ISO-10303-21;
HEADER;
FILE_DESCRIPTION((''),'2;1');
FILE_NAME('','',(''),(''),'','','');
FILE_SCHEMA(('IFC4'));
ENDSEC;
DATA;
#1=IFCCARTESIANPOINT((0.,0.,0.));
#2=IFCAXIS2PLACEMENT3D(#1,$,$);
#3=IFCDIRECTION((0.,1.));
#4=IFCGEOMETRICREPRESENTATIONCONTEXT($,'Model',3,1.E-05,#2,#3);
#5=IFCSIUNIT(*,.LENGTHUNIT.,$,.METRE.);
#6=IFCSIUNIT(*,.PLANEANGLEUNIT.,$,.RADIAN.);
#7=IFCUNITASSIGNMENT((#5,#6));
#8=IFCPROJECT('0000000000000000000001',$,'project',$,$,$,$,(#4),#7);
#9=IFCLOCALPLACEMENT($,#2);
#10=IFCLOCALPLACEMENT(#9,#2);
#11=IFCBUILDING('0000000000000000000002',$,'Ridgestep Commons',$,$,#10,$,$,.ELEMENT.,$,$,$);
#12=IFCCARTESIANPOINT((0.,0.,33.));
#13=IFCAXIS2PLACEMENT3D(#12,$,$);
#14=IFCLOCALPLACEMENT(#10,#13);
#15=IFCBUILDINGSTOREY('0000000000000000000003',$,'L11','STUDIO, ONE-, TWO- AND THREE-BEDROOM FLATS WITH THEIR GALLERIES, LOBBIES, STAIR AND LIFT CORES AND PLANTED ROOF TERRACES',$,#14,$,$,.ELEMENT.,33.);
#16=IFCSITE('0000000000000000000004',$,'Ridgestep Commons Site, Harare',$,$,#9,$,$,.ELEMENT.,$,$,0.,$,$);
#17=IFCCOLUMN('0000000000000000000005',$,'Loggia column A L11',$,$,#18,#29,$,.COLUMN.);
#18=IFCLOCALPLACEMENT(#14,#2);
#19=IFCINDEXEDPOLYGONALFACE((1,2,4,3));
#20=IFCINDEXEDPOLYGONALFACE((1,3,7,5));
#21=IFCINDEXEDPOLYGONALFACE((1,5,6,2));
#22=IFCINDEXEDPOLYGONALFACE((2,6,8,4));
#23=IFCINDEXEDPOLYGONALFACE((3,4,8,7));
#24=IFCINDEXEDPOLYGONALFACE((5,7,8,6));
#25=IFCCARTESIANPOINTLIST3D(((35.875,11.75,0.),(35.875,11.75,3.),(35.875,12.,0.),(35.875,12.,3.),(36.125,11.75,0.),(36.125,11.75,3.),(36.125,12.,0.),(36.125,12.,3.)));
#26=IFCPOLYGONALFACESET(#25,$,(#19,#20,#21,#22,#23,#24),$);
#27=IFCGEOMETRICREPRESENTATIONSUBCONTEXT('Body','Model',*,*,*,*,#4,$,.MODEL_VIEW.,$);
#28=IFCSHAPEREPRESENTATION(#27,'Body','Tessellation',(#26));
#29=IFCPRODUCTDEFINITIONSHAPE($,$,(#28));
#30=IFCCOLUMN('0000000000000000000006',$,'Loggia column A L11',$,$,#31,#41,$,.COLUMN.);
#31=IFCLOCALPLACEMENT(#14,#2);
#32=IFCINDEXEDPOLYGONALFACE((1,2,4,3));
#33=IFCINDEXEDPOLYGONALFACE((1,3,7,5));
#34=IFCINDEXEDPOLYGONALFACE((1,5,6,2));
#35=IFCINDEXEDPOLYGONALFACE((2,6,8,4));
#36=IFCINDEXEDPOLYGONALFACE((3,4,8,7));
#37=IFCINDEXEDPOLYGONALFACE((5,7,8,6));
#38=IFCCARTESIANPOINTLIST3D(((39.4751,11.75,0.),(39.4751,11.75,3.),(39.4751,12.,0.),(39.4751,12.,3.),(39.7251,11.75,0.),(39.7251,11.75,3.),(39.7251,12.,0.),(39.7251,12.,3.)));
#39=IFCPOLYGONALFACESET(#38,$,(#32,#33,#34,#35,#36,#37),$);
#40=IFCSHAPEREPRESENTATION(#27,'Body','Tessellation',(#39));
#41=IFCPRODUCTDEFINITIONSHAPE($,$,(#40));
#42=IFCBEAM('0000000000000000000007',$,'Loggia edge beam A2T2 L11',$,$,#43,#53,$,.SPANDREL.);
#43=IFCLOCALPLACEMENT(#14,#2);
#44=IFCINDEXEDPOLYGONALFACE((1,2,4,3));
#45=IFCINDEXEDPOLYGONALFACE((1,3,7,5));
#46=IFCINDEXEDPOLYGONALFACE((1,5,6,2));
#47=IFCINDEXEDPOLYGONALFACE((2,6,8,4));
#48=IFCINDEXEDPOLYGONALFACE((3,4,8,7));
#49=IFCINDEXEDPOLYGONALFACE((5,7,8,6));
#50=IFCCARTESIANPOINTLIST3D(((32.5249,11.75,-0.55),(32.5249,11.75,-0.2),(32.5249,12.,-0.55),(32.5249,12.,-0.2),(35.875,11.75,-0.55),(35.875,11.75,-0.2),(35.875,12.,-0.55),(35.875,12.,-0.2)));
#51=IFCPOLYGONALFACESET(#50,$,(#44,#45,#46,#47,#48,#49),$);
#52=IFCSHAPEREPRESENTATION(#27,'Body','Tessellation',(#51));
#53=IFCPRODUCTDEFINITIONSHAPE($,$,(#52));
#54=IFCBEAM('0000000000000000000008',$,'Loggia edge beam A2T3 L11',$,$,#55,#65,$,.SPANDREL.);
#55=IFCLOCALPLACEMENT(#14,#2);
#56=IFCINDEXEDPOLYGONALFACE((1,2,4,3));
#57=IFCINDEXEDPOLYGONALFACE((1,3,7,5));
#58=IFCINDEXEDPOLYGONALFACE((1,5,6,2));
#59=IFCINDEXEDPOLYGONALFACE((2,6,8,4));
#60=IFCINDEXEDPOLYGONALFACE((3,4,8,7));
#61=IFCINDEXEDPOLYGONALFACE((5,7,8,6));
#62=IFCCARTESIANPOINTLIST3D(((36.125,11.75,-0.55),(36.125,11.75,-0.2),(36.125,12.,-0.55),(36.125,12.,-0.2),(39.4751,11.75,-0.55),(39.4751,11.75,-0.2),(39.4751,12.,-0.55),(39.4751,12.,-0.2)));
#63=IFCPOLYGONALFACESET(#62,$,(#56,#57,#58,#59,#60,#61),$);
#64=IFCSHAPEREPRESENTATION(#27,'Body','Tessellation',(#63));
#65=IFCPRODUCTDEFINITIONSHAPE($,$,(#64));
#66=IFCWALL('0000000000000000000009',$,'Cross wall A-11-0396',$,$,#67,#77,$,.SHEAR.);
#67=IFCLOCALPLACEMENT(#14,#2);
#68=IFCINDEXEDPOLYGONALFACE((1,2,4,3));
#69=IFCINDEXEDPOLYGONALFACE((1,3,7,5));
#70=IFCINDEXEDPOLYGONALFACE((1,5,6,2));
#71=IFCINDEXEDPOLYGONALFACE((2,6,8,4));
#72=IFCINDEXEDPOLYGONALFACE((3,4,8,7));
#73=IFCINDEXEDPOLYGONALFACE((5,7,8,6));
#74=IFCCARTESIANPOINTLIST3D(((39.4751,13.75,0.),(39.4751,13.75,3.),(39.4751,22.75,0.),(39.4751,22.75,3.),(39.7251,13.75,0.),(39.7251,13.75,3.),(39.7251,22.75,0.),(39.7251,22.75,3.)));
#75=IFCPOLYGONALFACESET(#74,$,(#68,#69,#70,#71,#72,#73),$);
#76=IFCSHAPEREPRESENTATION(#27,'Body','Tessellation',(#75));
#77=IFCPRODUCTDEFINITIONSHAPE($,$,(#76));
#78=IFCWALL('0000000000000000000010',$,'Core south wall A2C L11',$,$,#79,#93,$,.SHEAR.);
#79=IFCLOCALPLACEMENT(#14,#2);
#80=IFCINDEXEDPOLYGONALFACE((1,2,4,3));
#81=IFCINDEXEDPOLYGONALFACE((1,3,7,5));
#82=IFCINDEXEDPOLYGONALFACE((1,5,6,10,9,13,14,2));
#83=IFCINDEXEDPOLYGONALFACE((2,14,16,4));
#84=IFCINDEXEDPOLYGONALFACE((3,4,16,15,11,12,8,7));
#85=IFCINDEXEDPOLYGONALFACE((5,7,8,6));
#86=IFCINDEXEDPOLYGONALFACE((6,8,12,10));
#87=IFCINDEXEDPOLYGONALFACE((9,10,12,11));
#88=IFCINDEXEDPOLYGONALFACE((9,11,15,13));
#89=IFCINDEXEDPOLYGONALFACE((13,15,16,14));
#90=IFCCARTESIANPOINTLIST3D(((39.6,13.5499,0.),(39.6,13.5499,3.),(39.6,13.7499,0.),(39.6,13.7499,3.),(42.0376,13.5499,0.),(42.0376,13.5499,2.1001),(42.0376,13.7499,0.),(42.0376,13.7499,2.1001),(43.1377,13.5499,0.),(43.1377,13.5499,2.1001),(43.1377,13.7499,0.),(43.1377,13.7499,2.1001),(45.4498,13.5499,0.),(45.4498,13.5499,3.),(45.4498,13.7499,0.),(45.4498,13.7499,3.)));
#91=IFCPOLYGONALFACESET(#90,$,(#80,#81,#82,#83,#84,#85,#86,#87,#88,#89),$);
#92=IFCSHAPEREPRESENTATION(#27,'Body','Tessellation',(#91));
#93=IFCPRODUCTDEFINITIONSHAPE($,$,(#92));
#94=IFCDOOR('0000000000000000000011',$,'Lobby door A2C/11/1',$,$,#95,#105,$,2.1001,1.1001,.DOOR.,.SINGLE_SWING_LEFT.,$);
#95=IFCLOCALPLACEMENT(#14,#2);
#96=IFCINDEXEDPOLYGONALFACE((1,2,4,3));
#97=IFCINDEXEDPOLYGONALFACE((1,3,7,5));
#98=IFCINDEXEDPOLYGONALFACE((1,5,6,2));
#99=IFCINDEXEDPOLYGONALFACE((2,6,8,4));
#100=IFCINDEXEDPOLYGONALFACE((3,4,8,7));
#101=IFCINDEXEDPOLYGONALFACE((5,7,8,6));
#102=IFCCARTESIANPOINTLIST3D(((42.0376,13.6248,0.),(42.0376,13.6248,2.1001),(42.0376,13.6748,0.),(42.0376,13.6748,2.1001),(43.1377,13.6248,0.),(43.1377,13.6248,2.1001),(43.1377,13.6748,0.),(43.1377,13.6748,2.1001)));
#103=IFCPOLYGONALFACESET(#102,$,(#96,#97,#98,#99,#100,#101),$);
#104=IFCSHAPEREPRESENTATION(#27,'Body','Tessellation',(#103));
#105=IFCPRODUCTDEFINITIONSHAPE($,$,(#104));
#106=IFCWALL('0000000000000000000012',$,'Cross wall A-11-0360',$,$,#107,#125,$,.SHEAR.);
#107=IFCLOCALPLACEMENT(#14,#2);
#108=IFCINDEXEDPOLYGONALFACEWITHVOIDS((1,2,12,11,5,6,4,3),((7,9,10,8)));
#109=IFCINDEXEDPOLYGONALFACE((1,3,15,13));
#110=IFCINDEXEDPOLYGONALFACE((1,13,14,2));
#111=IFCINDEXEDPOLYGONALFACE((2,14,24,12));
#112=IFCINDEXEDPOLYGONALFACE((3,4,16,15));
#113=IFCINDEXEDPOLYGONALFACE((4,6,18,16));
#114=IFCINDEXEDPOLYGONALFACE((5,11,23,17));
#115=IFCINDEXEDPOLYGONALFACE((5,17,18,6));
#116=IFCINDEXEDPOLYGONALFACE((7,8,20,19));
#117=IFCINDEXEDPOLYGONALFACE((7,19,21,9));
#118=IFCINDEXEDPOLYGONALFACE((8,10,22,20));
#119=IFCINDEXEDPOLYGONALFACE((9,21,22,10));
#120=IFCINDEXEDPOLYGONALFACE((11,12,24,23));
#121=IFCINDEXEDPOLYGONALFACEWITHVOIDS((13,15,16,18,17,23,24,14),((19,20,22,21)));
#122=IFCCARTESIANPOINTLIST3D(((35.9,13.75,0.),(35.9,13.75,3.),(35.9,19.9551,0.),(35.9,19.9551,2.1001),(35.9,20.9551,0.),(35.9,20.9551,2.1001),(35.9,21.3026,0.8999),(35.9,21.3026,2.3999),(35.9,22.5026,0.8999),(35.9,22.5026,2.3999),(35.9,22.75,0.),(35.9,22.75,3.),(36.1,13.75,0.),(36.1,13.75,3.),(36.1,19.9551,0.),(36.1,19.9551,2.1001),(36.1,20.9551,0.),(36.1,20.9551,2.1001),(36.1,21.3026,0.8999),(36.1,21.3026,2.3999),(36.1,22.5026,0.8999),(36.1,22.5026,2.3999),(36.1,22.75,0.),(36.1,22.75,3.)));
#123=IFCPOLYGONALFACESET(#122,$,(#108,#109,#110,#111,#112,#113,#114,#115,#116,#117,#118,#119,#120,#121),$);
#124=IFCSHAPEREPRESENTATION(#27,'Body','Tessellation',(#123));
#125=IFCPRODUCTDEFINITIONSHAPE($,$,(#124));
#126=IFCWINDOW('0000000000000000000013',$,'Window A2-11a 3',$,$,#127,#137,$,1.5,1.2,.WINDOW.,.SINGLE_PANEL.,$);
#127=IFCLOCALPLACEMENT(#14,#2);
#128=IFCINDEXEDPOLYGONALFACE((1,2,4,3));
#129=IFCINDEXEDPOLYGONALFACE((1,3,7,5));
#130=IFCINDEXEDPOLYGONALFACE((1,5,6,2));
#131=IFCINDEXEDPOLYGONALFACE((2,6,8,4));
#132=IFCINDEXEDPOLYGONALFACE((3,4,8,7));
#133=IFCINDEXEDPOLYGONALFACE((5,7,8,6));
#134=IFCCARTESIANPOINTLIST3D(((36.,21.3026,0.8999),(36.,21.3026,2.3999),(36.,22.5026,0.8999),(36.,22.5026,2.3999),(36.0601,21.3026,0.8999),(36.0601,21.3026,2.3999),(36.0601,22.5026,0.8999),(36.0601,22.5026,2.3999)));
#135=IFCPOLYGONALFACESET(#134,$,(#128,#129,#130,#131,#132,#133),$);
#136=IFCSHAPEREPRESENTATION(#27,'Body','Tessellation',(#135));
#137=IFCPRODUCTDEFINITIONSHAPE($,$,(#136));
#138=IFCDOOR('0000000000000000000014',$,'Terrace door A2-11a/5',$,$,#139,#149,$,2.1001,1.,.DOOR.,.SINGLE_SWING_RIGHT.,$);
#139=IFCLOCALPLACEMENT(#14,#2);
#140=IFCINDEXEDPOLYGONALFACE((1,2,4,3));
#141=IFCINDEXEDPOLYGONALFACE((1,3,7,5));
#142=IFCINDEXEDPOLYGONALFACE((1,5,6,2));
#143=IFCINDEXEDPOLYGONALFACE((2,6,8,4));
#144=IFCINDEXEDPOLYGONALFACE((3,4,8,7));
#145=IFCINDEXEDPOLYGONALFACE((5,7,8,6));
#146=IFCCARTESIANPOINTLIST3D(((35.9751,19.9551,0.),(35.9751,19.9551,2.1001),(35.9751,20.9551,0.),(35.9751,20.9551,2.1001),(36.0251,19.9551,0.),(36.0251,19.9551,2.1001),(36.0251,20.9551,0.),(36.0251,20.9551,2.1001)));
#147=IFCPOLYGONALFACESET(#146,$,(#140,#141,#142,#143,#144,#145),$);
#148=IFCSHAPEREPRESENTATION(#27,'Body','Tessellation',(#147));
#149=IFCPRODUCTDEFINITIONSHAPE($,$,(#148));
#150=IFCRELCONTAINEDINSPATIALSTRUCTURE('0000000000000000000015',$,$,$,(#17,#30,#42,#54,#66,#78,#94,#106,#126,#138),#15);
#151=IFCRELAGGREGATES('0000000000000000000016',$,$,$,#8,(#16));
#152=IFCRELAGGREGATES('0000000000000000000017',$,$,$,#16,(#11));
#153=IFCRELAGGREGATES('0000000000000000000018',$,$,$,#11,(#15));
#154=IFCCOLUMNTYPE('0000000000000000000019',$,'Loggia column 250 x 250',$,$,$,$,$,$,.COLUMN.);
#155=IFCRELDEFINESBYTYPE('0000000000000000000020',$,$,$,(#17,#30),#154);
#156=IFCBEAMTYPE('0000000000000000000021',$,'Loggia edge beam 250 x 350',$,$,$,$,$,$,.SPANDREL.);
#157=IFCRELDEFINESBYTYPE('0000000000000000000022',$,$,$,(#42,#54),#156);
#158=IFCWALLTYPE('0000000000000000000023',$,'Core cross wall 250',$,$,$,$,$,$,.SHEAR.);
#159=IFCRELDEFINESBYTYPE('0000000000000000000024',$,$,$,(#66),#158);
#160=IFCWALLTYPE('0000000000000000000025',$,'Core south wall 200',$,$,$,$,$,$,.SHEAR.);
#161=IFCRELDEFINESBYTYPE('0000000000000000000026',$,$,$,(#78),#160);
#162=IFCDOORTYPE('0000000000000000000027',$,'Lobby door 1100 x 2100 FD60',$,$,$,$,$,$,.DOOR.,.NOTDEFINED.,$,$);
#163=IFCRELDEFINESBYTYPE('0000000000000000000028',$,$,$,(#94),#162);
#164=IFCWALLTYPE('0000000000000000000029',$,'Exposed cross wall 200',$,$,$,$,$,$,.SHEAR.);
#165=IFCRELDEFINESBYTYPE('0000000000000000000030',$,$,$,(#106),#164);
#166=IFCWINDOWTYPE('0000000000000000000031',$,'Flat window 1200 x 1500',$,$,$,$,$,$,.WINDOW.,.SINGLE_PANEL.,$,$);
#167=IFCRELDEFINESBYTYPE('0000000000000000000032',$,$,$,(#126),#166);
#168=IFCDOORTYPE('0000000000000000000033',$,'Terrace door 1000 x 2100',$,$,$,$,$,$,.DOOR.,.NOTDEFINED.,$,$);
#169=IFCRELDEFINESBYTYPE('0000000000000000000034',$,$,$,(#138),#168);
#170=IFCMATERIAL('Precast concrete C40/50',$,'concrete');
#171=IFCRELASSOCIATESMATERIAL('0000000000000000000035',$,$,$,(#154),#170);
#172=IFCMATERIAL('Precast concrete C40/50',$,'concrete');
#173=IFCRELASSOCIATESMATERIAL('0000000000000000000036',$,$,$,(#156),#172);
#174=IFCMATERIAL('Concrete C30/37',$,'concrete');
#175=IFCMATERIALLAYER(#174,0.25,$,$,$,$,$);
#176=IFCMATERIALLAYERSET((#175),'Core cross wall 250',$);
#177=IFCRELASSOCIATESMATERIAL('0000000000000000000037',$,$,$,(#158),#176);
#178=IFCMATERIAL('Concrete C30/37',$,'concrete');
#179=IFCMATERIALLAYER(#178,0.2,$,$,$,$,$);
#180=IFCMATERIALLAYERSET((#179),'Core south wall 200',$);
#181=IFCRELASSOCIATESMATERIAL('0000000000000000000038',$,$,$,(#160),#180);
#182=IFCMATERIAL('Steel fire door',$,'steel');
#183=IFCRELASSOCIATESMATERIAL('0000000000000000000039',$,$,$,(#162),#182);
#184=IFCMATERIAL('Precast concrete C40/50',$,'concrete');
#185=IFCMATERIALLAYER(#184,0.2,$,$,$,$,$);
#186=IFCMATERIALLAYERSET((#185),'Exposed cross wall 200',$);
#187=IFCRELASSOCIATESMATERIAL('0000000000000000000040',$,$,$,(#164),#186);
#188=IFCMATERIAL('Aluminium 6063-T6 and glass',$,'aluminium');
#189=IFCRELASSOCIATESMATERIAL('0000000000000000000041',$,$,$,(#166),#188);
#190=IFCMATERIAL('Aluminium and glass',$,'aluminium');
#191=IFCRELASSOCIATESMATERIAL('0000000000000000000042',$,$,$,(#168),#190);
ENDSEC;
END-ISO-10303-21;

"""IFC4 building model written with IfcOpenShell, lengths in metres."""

from ifc_helpers import new_model, si_unit, direction, frame, frame_2d, origin, origin_2d, place, context, subcontext, project, spatial, rectangle, extrude, material, layer, layer_set, material_profile, profile_set, type_object, element, fill, save


model = new_model("IFC4")

# Units and contexts
model_context = context("Model", 3, precision=1e-05, world=origin(), true_north=direction((0.0, 1.0)))
body_context = subcontext(model_context, "Body", "Model", "MODEL_VIEW")
ifc_project = project(units=[si_unit("LENGTHUNIT", "METRE"), si_unit("PLANEANGLEUNIT", "RADIAN")], contexts=[model_context])

# Site, building, storey
site_placement = place(None, origin())
site = spatial("IfcSite", under=ifc_project, at=site_placement, Name="Ridgestep Commons Site, Harare", CompositionType="ELEMENT", RefElevation=0.0)
building_placement = place(site_placement, origin())
building = spatial("IfcBuilding", under=site, at=building_placement, Name="Ridgestep Commons", CompositionType="ELEMENT")
storey_placement = place(building_placement, frame((0.0, 0.0, 33.0)))
storey = spatial("IfcBuildingStorey", under=building, at=storey_placement, Name="L11", Description="STUDIO, ONE-, TWO- AND THREE-BEDROOM FLATS WITH THEIR GALLERIES, LOBBIES, STAIR AND LIFT CORES AND PLANTED ROOF TERRACES", CompositionType="ELEMENT", Elevation=33.0)

# Columns
ifc_material_1 = material(Name="Precast concrete C40/50", Category="concrete")
ifc_material_profile_1 = material_profile(ifc_material_1, rectangle(XDim=0.25, YDim=0.25, at=origin_2d()), Name="PC 250x250")
ifc_profile_set_1 = profile_set([ifc_material_profile_1], Name="Precast concrete C40/50")
column_type = type_object("IfcColumnType", Name="Loggia column 250 x 250", PredefinedType="COLUMN", material=ifc_profile_set_1)
for number, where, z_axis, x_axis, name in (
    (1, (36.0, 11.875, 0.0), (0.0, 0.0, 1.0), (1.0, 0.0, 0.0), "Loggia column A L11"),
    (2, (39.6001, 11.875, 0.0), (0.0, 0.0, 1.0), (1.0, 0.0, 0.0), "Loggia column A L11"),
):
    element("IfcColumn", number, at=place(storey_placement, frame(where, z_axis=z_axis, x_axis=x_axis)), inside=storey, type_object=column_type, Name=name, PredefinedType="COLUMN", context=body_context, shape_type="SweptSolid", body=[
        extrude(rectangle(XDim=0.25, YDim=0.25, at=origin_2d()), origin(), (0.0, 0.0, 1.0), 3.0),
    ])

# Beams
ifc_material_2 = material(Name="Precast concrete C40/50", Category="concrete")
ifc_material_profile_2 = material_profile(ifc_material_2, rectangle(XDim=0.25, YDim=0.3501, at=origin_2d()), Name="PC 250x350")
ifc_profile_set_2 = profile_set([ifc_material_profile_2], Name="Precast concrete C40/50")
beam_type = type_object("IfcBeamType", Name="Loggia edge beam 250 x 350", PredefinedType="SPANDREL", material=ifc_profile_set_2)
for number, where, z_axis, x_axis, name in (
    (3, (32.5249, 11.875, -0.375), (1.0, 0.0, 0.0), (0.0, 1.0, 0.0), "Loggia edge beam A2T2 L11"),
    (4, (36.125, 11.875, -0.375), (1.0, 0.0, 0.0), (0.0, 1.0, 0.0), "Loggia edge beam A2T3 L11"),
):
    element("IfcBeam", number, at=place(storey_placement, frame(where, z_axis=z_axis, x_axis=x_axis)), inside=storey, type_object=beam_type, Name=name, PredefinedType="SPANDREL", context=body_context, shape_type="SweptSolid", body=[
        extrude(rectangle(XDim=0.25, YDim=0.3501, at=origin_2d()), origin(), (0.0, 0.0, 1.0), 3.3501),
    ])

# Wall
ifc_material_3 = material(Name="Concrete C30/37", Category="concrete")
ifc_layer_1 = layer(ifc_material_3, 0.25)
ifc_layer_set_1 = layer_set([ifc_layer_1], Name="Core cross wall 250")
wall_type_1 = type_object("IfcWallType", Name="Core cross wall 250", PredefinedType="SHEAR", material=ifc_layer_set_1)
wall_1_placement = place(storey_placement, frame((39.6001, 13.75, 0.0), z_axis=(0.0, 0.0, 1.0), x_axis=(0.0, 1.0, 0.0)))
element("IfcWall", 5, at=wall_1_placement, inside=storey, type_object=wall_type_1, Name="Cross wall A-11-0396", PredefinedType="SHEAR", context=body_context, shape_type="SweptSolid", body=[
    extrude(rectangle(XDim=9.0, YDim=0.25, at=frame_2d((4.5, 0.0))), origin(), (0.0, 0.0, 1.0), 3.0),
])

# Wall, opening, door
ifc_material_4 = material(Name="Concrete C30/37", Category="concrete")
ifc_layer_2 = layer(ifc_material_4, 0.2)
ifc_layer_set_2 = layer_set([ifc_layer_2], Name="Core south wall 200")
wall_type_2 = type_object("IfcWallType", Name="Core south wall 200", PredefinedType="SHEAR", material=ifc_layer_set_2)
wall_2_placement = place(storey_placement, frame((39.6001, 13.6499, 0.0), z_axis=(0.0, 0.0, 1.0), x_axis=(1.0, 0.0, 0.0)))
wall_2 = element("IfcWall", 6, at=wall_2_placement, inside=storey, type_object=wall_type_2, Name="Core south wall A2C L11", PredefinedType="SHEAR", context=body_context, shape_type="SweptSolid", body=[
    extrude(rectangle(XDim=5.8499, YDim=0.2, at=frame_2d((2.9248, 0.0))), origin(), (0.0, 0.0, 1.0), 3.0),
])
opening_1_placement = place(wall_2_placement, frame((2.4375, 0.0, 0.0)))
opening_1 = element("IfcOpeningElement", 7, at=opening_1_placement, cuts=wall_2, PredefinedType="OPENING", context=body_context, shape_type="SweptSolid", body=[
    extrude(rectangle(XDim=1.1001, YDim=2.1001, at=frame_2d((0.55, 1.05))), frame((0.0, 0.1099, 0.0), z_axis=(0.0, -1.0, 0.0), x_axis=(1.0, 0.0, 0.0)), (0.0, 0.0, 1.0), 0.22),
])
ifc_material_5 = material(Name="Steel fire door", Category="steel")
door_type_1 = type_object("IfcDoorType", Name="Lobby door 1100 x 2100 FD60", OperationType="NOTDEFINED", PredefinedType="DOOR", material=ifc_material_5)
door_1_placement = place(opening_1_placement, origin())
door_1 = element("IfcDoor", 8, at=door_1_placement, inside=storey, type_object=door_type_1, Name="Lobby door A2C/11/1", OperationType="SINGLE_SWING_LEFT", OverallHeight=2.1001, OverallWidth=1.1001, PredefinedType="DOOR", context=body_context, shape_type="SweptSolid", body=[
    extrude(rectangle(XDim=1.1001, YDim=2.1001, at=frame_2d((0.55, 1.05))), frame((0.0, 0.0249, 0.0), z_axis=(0.0, -1.0, 0.0), x_axis=(1.0, 0.0, 0.0)), (0.0, 0.0, 1.0), 0.05),
])
fill(opening_1, door_1)

# Wall, openings, window, door
ifc_material_6 = material(Name="Precast concrete C40/50", Category="concrete")
ifc_layer_3 = layer(ifc_material_6, 0.2)
ifc_layer_set_3 = layer_set([ifc_layer_3], Name="Exposed cross wall 200")
wall_type_3 = type_object("IfcWallType", Name="Exposed cross wall 200", PredefinedType="SHEAR", material=ifc_layer_set_3)
wall_3_placement = place(storey_placement, frame((36.0, 13.75, 0.0), z_axis=(0.0, 0.0, 1.0), x_axis=(0.0, 1.0, 0.0)))
wall_3 = element("IfcWall", 9, at=wall_3_placement, inside=storey, type_object=wall_type_3, Name="Cross wall A-11-0360", PredefinedType="SHEAR", context=body_context, shape_type="SweptSolid", body=[
    extrude(rectangle(XDim=9.0, YDim=0.2, at=frame_2d((4.5, 0.0))), origin(), (0.0, 0.0, 1.0), 3.0),
])
opening_2_placement = place(wall_3_placement, frame((7.5525, 0.0, 0.8999)))
opening_2 = element("IfcOpeningElement", 10, at=opening_2_placement, cuts=wall_3, PredefinedType="OPENING", context=body_context, shape_type="SweptSolid", body=[
    extrude(rectangle(XDim=1.2, YDim=1.5, at=frame_2d((0.6001, 0.75))), frame((0.0, 0.1099, 0.0), z_axis=(0.0, -1.0, 0.0), x_axis=(1.0, 0.0, 0.0)), (0.0, 0.0, 1.0), 0.22),
])
opening_3_placement = place(wall_3_placement, frame((6.2051, 0.0, 0.0)))
opening_3 = element("IfcOpeningElement", 11, at=opening_3_placement, cuts=wall_3, PredefinedType="OPENING", context=body_context, shape_type="SweptSolid", body=[
    extrude(rectangle(XDim=1.0, YDim=2.1001, at=frame_2d((0.5, 1.05))), frame((0.0, 0.1099, 0.0), z_axis=(0.0, -1.0, 0.0), x_axis=(1.0, 0.0, 0.0)), (0.0, 0.0, 1.0), 0.22),
])
ifc_material_7 = material(Name="Aluminium 6063-T6 and glass", Category="aluminium")
window_type_1 = type_object("IfcWindowType", Name="Flat window 1200 x 1500", PartitioningType="SINGLE_PANEL", PredefinedType="WINDOW", material=ifc_material_7)
window_1_placement = place(opening_2_placement, origin())
window_1 = element("IfcWindow", 12, at=window_1_placement, inside=storey, type_object=window_type_1, Name="Window A2-11a 3", OverallHeight=1.5, OverallWidth=1.2, PartitioningType="SINGLE_PANEL", PredefinedType="WINDOW", context=body_context, shape_type="SweptSolid", body=[
    extrude(rectangle(XDim=1.2, YDim=1.5, at=frame_2d((0.6001, 0.75))), frame((0.0, 0.0, 0.0), z_axis=(0.0, -1.0, 0.0), x_axis=(1.0, 0.0, 0.0)), (0.0, 0.0, 1.0), 0.0601),
])
fill(opening_2, window_1)
ifc_material_8 = material(Name="Aluminium and glass", Category="aluminium")
door_type_2 = type_object("IfcDoorType", Name="Terrace door 1000 x 2100", OperationType="NOTDEFINED", PredefinedType="DOOR", material=ifc_material_8)
door_2_placement = place(opening_3_placement, origin())
door_2 = element("IfcDoor", 13, at=door_2_placement, inside=storey, type_object=door_type_2, Name="Terrace door A2-11a/5", OperationType="SINGLE_SWING_RIGHT", OverallHeight=2.1001, OverallWidth=1.0, PredefinedType="DOOR", context=body_context, shape_type="SweptSolid", body=[
    extrude(rectangle(XDim=1.0, YDim=2.1001, at=frame_2d((0.5, 1.05))), frame((0.0, 0.0249, 0.0), z_axis=(0.0, -1.0, 0.0), x_axis=(1.0, 0.0, 0.0)), (0.0, 0.0, 1.0), 0.05),
])
fill(opening_3, door_2)

save(model, "model.ifc")
